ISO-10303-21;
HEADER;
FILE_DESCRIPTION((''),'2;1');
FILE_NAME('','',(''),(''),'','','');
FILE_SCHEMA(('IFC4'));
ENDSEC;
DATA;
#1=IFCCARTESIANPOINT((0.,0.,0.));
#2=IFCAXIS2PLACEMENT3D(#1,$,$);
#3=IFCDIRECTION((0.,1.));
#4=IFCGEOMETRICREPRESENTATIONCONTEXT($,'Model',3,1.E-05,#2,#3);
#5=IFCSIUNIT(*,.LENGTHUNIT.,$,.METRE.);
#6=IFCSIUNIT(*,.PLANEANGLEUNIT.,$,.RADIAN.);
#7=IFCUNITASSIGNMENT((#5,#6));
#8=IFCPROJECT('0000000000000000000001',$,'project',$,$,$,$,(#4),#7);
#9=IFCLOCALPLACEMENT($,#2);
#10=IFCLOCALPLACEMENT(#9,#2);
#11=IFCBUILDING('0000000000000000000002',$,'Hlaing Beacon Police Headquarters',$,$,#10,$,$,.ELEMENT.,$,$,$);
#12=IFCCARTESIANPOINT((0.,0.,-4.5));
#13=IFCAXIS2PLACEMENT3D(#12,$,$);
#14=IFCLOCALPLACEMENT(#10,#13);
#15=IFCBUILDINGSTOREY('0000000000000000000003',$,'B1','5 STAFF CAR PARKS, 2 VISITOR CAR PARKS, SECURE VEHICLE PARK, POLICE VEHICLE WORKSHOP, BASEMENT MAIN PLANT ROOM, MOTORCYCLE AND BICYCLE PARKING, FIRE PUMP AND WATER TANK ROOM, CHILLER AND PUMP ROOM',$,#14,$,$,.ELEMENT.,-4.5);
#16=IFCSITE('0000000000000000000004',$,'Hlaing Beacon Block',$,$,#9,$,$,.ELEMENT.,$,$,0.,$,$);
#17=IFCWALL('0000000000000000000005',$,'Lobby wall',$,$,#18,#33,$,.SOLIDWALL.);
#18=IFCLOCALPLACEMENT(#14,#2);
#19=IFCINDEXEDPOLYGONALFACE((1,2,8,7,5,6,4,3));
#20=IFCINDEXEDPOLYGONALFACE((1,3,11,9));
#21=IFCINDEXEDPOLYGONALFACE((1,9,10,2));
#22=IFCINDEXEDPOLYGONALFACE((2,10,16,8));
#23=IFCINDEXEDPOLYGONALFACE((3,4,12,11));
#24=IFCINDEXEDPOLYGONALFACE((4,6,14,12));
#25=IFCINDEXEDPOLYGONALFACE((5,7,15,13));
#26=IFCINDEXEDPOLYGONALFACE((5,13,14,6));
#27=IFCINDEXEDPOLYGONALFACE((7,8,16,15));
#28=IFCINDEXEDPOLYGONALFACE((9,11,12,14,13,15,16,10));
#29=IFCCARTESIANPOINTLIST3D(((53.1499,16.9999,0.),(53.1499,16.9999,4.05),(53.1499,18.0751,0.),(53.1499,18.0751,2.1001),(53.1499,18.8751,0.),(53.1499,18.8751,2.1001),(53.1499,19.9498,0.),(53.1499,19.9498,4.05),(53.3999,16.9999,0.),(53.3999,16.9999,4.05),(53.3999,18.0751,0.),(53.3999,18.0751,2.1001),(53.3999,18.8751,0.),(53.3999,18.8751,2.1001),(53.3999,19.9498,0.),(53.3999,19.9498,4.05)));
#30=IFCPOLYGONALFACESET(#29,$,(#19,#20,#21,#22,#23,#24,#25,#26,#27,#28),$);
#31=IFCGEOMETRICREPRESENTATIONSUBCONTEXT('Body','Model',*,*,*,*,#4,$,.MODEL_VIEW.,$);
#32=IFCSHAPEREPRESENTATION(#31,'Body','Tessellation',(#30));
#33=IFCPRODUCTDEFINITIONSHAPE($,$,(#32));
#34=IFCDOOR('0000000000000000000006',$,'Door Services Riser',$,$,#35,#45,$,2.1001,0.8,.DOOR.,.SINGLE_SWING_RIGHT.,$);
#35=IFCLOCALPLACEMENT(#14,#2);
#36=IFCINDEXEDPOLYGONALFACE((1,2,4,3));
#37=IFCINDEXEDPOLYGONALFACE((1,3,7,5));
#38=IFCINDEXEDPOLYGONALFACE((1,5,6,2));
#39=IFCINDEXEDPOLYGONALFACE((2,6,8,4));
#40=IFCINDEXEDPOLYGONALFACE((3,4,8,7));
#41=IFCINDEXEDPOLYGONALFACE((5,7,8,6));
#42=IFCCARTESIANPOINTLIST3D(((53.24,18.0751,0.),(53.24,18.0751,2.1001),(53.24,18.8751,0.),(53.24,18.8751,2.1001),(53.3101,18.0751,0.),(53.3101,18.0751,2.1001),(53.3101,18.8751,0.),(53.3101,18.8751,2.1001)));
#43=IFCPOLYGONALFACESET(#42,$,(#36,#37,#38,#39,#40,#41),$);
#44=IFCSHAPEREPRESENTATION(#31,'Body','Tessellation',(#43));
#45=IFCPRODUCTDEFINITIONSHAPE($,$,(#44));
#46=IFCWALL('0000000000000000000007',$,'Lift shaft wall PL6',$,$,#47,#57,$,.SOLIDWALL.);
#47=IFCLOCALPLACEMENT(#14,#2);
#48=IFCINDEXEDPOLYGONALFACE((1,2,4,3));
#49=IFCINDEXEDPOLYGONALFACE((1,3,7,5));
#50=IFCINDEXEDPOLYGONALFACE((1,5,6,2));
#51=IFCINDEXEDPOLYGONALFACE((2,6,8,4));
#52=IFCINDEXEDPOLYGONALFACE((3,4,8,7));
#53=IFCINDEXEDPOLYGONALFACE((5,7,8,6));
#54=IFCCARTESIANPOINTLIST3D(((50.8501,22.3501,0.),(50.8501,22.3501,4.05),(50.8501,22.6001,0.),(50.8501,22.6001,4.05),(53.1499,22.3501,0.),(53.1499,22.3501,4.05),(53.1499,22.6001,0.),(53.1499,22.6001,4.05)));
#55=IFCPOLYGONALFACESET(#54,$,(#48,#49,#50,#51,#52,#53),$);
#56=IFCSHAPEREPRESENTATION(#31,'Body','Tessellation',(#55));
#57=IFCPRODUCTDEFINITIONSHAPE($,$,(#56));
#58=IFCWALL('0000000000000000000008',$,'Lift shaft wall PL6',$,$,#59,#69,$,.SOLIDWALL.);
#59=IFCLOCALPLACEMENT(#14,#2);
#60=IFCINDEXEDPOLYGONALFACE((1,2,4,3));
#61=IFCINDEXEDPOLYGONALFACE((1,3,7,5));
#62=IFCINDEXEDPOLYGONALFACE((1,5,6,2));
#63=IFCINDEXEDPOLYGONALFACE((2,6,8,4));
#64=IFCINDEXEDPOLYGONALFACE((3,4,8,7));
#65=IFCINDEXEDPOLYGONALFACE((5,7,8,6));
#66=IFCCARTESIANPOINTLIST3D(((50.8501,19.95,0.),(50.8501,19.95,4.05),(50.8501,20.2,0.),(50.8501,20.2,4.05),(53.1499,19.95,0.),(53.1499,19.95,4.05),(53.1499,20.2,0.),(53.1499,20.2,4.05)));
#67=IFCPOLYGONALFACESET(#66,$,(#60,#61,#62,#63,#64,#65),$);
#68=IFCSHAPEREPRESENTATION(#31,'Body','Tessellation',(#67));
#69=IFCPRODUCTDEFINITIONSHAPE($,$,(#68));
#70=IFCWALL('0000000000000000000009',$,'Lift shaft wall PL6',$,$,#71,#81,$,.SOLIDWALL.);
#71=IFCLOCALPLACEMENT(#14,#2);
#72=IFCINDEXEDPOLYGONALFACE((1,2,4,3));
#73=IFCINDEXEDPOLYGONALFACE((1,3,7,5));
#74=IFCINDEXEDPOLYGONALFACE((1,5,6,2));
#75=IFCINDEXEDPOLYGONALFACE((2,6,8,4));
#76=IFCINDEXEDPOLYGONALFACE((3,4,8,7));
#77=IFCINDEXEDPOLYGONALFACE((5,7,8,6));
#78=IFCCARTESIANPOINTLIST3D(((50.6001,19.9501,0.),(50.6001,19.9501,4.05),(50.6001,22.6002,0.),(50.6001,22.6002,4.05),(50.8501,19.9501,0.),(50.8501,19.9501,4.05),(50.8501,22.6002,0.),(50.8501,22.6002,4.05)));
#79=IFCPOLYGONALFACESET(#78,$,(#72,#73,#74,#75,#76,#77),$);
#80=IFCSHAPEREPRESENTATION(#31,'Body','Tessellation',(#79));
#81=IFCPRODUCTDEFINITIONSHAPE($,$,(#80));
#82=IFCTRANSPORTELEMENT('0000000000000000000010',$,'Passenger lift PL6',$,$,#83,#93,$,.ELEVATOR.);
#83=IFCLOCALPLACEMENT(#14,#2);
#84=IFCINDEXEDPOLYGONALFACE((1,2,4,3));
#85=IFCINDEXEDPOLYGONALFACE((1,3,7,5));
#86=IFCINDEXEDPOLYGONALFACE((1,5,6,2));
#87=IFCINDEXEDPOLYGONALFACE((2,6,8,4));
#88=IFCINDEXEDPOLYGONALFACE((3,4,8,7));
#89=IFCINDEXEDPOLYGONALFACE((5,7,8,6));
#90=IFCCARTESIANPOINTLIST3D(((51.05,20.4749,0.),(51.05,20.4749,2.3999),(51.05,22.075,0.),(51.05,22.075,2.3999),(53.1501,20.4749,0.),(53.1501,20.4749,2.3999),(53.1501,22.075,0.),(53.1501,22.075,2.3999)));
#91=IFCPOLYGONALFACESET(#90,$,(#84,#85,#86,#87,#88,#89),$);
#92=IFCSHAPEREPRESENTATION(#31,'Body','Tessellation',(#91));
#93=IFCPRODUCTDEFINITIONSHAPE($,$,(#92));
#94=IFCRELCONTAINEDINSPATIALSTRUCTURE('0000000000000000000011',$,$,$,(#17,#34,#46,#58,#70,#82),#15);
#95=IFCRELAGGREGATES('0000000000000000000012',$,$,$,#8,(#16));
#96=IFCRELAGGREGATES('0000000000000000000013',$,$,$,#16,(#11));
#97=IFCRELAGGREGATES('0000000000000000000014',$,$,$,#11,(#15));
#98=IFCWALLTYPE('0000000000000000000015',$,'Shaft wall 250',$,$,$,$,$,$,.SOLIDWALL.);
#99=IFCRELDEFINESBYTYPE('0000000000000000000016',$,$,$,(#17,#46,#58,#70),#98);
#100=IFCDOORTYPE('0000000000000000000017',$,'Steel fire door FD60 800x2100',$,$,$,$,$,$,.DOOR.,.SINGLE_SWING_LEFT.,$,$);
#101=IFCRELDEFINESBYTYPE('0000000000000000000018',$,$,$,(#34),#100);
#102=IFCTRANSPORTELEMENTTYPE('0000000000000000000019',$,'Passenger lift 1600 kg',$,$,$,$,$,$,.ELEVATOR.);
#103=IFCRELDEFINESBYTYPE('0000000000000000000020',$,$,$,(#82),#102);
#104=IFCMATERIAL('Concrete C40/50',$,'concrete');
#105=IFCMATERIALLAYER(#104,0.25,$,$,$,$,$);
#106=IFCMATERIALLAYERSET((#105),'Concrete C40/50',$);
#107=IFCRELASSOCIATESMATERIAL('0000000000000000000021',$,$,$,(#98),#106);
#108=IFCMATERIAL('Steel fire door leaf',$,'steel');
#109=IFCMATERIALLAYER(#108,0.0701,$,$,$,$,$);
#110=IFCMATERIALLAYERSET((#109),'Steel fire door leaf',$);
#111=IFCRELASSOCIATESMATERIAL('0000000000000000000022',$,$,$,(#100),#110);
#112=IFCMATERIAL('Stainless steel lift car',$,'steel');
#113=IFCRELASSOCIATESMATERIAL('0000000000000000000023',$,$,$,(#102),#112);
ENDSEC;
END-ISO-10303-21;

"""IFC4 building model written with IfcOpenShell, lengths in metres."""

from ifc_helpers import new_model, si_unit, direction, frame, frame_2d, origin, origin_2d, place, context, subcontext, project, spatial, rectangle, extrude, material, layer, layer_set, type_object, element, fill, save


model = new_model("IFC4")

# Units and contexts
model_context = context("Model", 3, precision=1e-05, world=origin(), true_north=direction((0.0, 1.0)))
body_context = subcontext(model_context, "Body", "Model", "MODEL_VIEW")
ifc_project = project(units=[si_unit("LENGTHUNIT", "METRE"), si_unit("PLANEANGLEUNIT", "RADIAN")], contexts=[model_context])

# Site, building, storey
site_placement = place(None, origin())
site = spatial("IfcSite", under=ifc_project, at=site_placement, Name="Hlaing Beacon Block", CompositionType="ELEMENT", RefElevation=0.0)
building_placement = place(site_placement, origin())
building = spatial("IfcBuilding", under=site, at=building_placement, Name="Hlaing Beacon Police Headquarters", CompositionType="ELEMENT")
storey_placement = place(building_placement, frame((0.0, 0.0, -4.5)))
storey = spatial("IfcBuildingStorey", under=building, at=storey_placement, Name="B1", Description="5 STAFF CAR PARKS, 2 VISITOR CAR PARKS, SECURE VEHICLE PARK, POLICE VEHICLE WORKSHOP, BASEMENT MAIN PLANT ROOM, MOTORCYCLE AND BICYCLE PARKING, FIRE PUMP AND WATER TANK ROOM, CHILLER AND PUMP ROOM", CompositionType="ELEMENT", Elevation=-4.5)

# Wall, opening, door
ifc_material_1 = material(Name="Concrete C40/50", Category="concrete")
ifc_layer_1 = layer(ifc_material_1, 0.25)
ifc_layer_set_1 = layer_set([ifc_layer_1], Name="Concrete C40/50")
wall_type_1 = type_object("IfcWallType", Name="Shaft wall 250", PredefinedType="SOLIDWALL", material=ifc_layer_set_1)
wall_1_placement = place(storey_placement, frame((53.2749, 19.95, 0.0), z_axis=(0.0, 0.0, 1.0), x_axis=(0.0, -1.0, 0.0)))
wall_1 = element("IfcWall", 1, at=wall_1_placement, inside=storey, type_object=wall_type_1, Name="Lobby wall", PredefinedType="SOLIDWALL", context=body_context, shape_type="SweptSolid", body=[
    extrude(rectangle(XDim=2.95, YDim=0.25, at=frame_2d((1.4751, 0.0))), origin(), (0.0, 0.0, 1.0), 4.05),
])
opening_1_placement = place(wall_1_placement, frame((1.075, 0.0, 0.0)))
opening_1 = element("IfcOpeningElement", 2, at=opening_1_placement, cuts=wall_1, PredefinedType="OPENING", context=body_context, shape_type="SweptSolid", body=[
    extrude(rectangle(XDim=0.8, YDim=2.1001, at=frame_2d((0.3999, 1.05))), frame((0.0, 0.135, 0.0), z_axis=(0.0, -1.0, 0.0), x_axis=(1.0, 0.0, 0.0)), (0.0, 0.0, 1.0), 0.27),
])
ifc_material_2 = material(Name="Steel fire door leaf", Category="steel")
ifc_layer_2 = layer(ifc_material_2, 0.0701)
ifc_layer_set_2 = layer_set([ifc_layer_2], Name="Steel fire door leaf")
door_type_1 = type_object("IfcDoorType", Name="Steel fire door FD60 800x2100", OperationType="SINGLE_SWING_LEFT", PredefinedType="DOOR", material=ifc_layer_set_2)
door_1_placement = place(opening_1_placement, frame((0.8, 0.0, 0.0), z_axis=(0.0, 0.0, 1.0), x_axis=(-1.0, 0.0, 0.0)))
door_1 = element("IfcDoor", 3, at=door_1_placement, inside=storey, type_object=door_type_1, Name="Door Services Riser", OperationType="SINGLE_SWING_RIGHT", OverallHeight=2.1001, OverallWidth=0.8, PredefinedType="DOOR", context=body_context, shape_type="SweptSolid", body=[
    extrude(rectangle(XDim=0.8, YDim=2.1001, at=frame_2d((0.4001, 1.05))), frame((0.0, 0.0349, 0.0), z_axis=(0.0, -1.0, 0.0), x_axis=(1.0, 0.0, 0.0)), (0.0, 0.0, 1.0), 0.0701),
])
fill(opening_1, door_1)

# Walls
for number, where, z_axis, x_axis, name in (
    (4, (50.8501, 22.4751, 0.0), (0.0, 0.0, 1.0), (1.0, 0.0, 0.0), "Lift shaft wall PL6"),
    (5, (50.8501, 20.075, 0.0), (0.0, 0.0, 1.0), (1.0, 0.0, 0.0), "Lift shaft wall PL6"),
):
    element("IfcWall", number, at=place(storey_placement, frame(where, z_axis=z_axis, x_axis=x_axis)), inside=storey, type_object=wall_type_1, Name=name, PredefinedType="SOLIDWALL", context=body_context, shape_type="SweptSolid", body=[
        extrude(rectangle(XDim=2.2998, YDim=0.25, at=frame_2d((1.1499, 0.0))), origin(), (0.0, 0.0, 1.0), 4.05),
    ])
wall_2_placement = place(storey_placement, frame((50.7251, 19.95, 0.0), z_axis=(0.0, 0.0, 1.0), x_axis=(0.0, 1.0, 0.0)))
element("IfcWall", 6, at=wall_2_placement, inside=storey, type_object=wall_type_1, Name="Lift shaft wall PL6", PredefinedType="SOLIDWALL", context=body_context, shape_type="SweptSolid", body=[
    extrude(rectangle(XDim=2.6501, YDim=0.25, at=frame_2d((1.3252, 0.0))), origin(), (0.0, 0.0, 1.0), 4.05),
])

# Transport element
ifc_material_3 = material(Name="Stainless steel lift car", Category="steel")
transport_element_type = type_object("IfcTransportElementType", Name="Passenger lift 1600 kg", PredefinedType="ELEVATOR", material=ifc_material_3)
transport_element_placement = place(storey_placement, frame((52.1001, 21.2749, 0.0), z_axis=(0.0, 0.0, 1.0), x_axis=(1.0, 0.0, 0.0)))
element("IfcTransportElement", 7, at=transport_element_placement, inside=storey, type_object=transport_element_type, Name="Passenger lift PL6", PredefinedType="ELEVATOR", context=body_context, shape_type="SweptSolid", body=[
    extrude(rectangle(XDim=2.1001, YDim=1.6001, at=origin_2d()), origin(), (0.0, 0.0, 1.0), 2.3999),
])

save(model, "model.ifc")
